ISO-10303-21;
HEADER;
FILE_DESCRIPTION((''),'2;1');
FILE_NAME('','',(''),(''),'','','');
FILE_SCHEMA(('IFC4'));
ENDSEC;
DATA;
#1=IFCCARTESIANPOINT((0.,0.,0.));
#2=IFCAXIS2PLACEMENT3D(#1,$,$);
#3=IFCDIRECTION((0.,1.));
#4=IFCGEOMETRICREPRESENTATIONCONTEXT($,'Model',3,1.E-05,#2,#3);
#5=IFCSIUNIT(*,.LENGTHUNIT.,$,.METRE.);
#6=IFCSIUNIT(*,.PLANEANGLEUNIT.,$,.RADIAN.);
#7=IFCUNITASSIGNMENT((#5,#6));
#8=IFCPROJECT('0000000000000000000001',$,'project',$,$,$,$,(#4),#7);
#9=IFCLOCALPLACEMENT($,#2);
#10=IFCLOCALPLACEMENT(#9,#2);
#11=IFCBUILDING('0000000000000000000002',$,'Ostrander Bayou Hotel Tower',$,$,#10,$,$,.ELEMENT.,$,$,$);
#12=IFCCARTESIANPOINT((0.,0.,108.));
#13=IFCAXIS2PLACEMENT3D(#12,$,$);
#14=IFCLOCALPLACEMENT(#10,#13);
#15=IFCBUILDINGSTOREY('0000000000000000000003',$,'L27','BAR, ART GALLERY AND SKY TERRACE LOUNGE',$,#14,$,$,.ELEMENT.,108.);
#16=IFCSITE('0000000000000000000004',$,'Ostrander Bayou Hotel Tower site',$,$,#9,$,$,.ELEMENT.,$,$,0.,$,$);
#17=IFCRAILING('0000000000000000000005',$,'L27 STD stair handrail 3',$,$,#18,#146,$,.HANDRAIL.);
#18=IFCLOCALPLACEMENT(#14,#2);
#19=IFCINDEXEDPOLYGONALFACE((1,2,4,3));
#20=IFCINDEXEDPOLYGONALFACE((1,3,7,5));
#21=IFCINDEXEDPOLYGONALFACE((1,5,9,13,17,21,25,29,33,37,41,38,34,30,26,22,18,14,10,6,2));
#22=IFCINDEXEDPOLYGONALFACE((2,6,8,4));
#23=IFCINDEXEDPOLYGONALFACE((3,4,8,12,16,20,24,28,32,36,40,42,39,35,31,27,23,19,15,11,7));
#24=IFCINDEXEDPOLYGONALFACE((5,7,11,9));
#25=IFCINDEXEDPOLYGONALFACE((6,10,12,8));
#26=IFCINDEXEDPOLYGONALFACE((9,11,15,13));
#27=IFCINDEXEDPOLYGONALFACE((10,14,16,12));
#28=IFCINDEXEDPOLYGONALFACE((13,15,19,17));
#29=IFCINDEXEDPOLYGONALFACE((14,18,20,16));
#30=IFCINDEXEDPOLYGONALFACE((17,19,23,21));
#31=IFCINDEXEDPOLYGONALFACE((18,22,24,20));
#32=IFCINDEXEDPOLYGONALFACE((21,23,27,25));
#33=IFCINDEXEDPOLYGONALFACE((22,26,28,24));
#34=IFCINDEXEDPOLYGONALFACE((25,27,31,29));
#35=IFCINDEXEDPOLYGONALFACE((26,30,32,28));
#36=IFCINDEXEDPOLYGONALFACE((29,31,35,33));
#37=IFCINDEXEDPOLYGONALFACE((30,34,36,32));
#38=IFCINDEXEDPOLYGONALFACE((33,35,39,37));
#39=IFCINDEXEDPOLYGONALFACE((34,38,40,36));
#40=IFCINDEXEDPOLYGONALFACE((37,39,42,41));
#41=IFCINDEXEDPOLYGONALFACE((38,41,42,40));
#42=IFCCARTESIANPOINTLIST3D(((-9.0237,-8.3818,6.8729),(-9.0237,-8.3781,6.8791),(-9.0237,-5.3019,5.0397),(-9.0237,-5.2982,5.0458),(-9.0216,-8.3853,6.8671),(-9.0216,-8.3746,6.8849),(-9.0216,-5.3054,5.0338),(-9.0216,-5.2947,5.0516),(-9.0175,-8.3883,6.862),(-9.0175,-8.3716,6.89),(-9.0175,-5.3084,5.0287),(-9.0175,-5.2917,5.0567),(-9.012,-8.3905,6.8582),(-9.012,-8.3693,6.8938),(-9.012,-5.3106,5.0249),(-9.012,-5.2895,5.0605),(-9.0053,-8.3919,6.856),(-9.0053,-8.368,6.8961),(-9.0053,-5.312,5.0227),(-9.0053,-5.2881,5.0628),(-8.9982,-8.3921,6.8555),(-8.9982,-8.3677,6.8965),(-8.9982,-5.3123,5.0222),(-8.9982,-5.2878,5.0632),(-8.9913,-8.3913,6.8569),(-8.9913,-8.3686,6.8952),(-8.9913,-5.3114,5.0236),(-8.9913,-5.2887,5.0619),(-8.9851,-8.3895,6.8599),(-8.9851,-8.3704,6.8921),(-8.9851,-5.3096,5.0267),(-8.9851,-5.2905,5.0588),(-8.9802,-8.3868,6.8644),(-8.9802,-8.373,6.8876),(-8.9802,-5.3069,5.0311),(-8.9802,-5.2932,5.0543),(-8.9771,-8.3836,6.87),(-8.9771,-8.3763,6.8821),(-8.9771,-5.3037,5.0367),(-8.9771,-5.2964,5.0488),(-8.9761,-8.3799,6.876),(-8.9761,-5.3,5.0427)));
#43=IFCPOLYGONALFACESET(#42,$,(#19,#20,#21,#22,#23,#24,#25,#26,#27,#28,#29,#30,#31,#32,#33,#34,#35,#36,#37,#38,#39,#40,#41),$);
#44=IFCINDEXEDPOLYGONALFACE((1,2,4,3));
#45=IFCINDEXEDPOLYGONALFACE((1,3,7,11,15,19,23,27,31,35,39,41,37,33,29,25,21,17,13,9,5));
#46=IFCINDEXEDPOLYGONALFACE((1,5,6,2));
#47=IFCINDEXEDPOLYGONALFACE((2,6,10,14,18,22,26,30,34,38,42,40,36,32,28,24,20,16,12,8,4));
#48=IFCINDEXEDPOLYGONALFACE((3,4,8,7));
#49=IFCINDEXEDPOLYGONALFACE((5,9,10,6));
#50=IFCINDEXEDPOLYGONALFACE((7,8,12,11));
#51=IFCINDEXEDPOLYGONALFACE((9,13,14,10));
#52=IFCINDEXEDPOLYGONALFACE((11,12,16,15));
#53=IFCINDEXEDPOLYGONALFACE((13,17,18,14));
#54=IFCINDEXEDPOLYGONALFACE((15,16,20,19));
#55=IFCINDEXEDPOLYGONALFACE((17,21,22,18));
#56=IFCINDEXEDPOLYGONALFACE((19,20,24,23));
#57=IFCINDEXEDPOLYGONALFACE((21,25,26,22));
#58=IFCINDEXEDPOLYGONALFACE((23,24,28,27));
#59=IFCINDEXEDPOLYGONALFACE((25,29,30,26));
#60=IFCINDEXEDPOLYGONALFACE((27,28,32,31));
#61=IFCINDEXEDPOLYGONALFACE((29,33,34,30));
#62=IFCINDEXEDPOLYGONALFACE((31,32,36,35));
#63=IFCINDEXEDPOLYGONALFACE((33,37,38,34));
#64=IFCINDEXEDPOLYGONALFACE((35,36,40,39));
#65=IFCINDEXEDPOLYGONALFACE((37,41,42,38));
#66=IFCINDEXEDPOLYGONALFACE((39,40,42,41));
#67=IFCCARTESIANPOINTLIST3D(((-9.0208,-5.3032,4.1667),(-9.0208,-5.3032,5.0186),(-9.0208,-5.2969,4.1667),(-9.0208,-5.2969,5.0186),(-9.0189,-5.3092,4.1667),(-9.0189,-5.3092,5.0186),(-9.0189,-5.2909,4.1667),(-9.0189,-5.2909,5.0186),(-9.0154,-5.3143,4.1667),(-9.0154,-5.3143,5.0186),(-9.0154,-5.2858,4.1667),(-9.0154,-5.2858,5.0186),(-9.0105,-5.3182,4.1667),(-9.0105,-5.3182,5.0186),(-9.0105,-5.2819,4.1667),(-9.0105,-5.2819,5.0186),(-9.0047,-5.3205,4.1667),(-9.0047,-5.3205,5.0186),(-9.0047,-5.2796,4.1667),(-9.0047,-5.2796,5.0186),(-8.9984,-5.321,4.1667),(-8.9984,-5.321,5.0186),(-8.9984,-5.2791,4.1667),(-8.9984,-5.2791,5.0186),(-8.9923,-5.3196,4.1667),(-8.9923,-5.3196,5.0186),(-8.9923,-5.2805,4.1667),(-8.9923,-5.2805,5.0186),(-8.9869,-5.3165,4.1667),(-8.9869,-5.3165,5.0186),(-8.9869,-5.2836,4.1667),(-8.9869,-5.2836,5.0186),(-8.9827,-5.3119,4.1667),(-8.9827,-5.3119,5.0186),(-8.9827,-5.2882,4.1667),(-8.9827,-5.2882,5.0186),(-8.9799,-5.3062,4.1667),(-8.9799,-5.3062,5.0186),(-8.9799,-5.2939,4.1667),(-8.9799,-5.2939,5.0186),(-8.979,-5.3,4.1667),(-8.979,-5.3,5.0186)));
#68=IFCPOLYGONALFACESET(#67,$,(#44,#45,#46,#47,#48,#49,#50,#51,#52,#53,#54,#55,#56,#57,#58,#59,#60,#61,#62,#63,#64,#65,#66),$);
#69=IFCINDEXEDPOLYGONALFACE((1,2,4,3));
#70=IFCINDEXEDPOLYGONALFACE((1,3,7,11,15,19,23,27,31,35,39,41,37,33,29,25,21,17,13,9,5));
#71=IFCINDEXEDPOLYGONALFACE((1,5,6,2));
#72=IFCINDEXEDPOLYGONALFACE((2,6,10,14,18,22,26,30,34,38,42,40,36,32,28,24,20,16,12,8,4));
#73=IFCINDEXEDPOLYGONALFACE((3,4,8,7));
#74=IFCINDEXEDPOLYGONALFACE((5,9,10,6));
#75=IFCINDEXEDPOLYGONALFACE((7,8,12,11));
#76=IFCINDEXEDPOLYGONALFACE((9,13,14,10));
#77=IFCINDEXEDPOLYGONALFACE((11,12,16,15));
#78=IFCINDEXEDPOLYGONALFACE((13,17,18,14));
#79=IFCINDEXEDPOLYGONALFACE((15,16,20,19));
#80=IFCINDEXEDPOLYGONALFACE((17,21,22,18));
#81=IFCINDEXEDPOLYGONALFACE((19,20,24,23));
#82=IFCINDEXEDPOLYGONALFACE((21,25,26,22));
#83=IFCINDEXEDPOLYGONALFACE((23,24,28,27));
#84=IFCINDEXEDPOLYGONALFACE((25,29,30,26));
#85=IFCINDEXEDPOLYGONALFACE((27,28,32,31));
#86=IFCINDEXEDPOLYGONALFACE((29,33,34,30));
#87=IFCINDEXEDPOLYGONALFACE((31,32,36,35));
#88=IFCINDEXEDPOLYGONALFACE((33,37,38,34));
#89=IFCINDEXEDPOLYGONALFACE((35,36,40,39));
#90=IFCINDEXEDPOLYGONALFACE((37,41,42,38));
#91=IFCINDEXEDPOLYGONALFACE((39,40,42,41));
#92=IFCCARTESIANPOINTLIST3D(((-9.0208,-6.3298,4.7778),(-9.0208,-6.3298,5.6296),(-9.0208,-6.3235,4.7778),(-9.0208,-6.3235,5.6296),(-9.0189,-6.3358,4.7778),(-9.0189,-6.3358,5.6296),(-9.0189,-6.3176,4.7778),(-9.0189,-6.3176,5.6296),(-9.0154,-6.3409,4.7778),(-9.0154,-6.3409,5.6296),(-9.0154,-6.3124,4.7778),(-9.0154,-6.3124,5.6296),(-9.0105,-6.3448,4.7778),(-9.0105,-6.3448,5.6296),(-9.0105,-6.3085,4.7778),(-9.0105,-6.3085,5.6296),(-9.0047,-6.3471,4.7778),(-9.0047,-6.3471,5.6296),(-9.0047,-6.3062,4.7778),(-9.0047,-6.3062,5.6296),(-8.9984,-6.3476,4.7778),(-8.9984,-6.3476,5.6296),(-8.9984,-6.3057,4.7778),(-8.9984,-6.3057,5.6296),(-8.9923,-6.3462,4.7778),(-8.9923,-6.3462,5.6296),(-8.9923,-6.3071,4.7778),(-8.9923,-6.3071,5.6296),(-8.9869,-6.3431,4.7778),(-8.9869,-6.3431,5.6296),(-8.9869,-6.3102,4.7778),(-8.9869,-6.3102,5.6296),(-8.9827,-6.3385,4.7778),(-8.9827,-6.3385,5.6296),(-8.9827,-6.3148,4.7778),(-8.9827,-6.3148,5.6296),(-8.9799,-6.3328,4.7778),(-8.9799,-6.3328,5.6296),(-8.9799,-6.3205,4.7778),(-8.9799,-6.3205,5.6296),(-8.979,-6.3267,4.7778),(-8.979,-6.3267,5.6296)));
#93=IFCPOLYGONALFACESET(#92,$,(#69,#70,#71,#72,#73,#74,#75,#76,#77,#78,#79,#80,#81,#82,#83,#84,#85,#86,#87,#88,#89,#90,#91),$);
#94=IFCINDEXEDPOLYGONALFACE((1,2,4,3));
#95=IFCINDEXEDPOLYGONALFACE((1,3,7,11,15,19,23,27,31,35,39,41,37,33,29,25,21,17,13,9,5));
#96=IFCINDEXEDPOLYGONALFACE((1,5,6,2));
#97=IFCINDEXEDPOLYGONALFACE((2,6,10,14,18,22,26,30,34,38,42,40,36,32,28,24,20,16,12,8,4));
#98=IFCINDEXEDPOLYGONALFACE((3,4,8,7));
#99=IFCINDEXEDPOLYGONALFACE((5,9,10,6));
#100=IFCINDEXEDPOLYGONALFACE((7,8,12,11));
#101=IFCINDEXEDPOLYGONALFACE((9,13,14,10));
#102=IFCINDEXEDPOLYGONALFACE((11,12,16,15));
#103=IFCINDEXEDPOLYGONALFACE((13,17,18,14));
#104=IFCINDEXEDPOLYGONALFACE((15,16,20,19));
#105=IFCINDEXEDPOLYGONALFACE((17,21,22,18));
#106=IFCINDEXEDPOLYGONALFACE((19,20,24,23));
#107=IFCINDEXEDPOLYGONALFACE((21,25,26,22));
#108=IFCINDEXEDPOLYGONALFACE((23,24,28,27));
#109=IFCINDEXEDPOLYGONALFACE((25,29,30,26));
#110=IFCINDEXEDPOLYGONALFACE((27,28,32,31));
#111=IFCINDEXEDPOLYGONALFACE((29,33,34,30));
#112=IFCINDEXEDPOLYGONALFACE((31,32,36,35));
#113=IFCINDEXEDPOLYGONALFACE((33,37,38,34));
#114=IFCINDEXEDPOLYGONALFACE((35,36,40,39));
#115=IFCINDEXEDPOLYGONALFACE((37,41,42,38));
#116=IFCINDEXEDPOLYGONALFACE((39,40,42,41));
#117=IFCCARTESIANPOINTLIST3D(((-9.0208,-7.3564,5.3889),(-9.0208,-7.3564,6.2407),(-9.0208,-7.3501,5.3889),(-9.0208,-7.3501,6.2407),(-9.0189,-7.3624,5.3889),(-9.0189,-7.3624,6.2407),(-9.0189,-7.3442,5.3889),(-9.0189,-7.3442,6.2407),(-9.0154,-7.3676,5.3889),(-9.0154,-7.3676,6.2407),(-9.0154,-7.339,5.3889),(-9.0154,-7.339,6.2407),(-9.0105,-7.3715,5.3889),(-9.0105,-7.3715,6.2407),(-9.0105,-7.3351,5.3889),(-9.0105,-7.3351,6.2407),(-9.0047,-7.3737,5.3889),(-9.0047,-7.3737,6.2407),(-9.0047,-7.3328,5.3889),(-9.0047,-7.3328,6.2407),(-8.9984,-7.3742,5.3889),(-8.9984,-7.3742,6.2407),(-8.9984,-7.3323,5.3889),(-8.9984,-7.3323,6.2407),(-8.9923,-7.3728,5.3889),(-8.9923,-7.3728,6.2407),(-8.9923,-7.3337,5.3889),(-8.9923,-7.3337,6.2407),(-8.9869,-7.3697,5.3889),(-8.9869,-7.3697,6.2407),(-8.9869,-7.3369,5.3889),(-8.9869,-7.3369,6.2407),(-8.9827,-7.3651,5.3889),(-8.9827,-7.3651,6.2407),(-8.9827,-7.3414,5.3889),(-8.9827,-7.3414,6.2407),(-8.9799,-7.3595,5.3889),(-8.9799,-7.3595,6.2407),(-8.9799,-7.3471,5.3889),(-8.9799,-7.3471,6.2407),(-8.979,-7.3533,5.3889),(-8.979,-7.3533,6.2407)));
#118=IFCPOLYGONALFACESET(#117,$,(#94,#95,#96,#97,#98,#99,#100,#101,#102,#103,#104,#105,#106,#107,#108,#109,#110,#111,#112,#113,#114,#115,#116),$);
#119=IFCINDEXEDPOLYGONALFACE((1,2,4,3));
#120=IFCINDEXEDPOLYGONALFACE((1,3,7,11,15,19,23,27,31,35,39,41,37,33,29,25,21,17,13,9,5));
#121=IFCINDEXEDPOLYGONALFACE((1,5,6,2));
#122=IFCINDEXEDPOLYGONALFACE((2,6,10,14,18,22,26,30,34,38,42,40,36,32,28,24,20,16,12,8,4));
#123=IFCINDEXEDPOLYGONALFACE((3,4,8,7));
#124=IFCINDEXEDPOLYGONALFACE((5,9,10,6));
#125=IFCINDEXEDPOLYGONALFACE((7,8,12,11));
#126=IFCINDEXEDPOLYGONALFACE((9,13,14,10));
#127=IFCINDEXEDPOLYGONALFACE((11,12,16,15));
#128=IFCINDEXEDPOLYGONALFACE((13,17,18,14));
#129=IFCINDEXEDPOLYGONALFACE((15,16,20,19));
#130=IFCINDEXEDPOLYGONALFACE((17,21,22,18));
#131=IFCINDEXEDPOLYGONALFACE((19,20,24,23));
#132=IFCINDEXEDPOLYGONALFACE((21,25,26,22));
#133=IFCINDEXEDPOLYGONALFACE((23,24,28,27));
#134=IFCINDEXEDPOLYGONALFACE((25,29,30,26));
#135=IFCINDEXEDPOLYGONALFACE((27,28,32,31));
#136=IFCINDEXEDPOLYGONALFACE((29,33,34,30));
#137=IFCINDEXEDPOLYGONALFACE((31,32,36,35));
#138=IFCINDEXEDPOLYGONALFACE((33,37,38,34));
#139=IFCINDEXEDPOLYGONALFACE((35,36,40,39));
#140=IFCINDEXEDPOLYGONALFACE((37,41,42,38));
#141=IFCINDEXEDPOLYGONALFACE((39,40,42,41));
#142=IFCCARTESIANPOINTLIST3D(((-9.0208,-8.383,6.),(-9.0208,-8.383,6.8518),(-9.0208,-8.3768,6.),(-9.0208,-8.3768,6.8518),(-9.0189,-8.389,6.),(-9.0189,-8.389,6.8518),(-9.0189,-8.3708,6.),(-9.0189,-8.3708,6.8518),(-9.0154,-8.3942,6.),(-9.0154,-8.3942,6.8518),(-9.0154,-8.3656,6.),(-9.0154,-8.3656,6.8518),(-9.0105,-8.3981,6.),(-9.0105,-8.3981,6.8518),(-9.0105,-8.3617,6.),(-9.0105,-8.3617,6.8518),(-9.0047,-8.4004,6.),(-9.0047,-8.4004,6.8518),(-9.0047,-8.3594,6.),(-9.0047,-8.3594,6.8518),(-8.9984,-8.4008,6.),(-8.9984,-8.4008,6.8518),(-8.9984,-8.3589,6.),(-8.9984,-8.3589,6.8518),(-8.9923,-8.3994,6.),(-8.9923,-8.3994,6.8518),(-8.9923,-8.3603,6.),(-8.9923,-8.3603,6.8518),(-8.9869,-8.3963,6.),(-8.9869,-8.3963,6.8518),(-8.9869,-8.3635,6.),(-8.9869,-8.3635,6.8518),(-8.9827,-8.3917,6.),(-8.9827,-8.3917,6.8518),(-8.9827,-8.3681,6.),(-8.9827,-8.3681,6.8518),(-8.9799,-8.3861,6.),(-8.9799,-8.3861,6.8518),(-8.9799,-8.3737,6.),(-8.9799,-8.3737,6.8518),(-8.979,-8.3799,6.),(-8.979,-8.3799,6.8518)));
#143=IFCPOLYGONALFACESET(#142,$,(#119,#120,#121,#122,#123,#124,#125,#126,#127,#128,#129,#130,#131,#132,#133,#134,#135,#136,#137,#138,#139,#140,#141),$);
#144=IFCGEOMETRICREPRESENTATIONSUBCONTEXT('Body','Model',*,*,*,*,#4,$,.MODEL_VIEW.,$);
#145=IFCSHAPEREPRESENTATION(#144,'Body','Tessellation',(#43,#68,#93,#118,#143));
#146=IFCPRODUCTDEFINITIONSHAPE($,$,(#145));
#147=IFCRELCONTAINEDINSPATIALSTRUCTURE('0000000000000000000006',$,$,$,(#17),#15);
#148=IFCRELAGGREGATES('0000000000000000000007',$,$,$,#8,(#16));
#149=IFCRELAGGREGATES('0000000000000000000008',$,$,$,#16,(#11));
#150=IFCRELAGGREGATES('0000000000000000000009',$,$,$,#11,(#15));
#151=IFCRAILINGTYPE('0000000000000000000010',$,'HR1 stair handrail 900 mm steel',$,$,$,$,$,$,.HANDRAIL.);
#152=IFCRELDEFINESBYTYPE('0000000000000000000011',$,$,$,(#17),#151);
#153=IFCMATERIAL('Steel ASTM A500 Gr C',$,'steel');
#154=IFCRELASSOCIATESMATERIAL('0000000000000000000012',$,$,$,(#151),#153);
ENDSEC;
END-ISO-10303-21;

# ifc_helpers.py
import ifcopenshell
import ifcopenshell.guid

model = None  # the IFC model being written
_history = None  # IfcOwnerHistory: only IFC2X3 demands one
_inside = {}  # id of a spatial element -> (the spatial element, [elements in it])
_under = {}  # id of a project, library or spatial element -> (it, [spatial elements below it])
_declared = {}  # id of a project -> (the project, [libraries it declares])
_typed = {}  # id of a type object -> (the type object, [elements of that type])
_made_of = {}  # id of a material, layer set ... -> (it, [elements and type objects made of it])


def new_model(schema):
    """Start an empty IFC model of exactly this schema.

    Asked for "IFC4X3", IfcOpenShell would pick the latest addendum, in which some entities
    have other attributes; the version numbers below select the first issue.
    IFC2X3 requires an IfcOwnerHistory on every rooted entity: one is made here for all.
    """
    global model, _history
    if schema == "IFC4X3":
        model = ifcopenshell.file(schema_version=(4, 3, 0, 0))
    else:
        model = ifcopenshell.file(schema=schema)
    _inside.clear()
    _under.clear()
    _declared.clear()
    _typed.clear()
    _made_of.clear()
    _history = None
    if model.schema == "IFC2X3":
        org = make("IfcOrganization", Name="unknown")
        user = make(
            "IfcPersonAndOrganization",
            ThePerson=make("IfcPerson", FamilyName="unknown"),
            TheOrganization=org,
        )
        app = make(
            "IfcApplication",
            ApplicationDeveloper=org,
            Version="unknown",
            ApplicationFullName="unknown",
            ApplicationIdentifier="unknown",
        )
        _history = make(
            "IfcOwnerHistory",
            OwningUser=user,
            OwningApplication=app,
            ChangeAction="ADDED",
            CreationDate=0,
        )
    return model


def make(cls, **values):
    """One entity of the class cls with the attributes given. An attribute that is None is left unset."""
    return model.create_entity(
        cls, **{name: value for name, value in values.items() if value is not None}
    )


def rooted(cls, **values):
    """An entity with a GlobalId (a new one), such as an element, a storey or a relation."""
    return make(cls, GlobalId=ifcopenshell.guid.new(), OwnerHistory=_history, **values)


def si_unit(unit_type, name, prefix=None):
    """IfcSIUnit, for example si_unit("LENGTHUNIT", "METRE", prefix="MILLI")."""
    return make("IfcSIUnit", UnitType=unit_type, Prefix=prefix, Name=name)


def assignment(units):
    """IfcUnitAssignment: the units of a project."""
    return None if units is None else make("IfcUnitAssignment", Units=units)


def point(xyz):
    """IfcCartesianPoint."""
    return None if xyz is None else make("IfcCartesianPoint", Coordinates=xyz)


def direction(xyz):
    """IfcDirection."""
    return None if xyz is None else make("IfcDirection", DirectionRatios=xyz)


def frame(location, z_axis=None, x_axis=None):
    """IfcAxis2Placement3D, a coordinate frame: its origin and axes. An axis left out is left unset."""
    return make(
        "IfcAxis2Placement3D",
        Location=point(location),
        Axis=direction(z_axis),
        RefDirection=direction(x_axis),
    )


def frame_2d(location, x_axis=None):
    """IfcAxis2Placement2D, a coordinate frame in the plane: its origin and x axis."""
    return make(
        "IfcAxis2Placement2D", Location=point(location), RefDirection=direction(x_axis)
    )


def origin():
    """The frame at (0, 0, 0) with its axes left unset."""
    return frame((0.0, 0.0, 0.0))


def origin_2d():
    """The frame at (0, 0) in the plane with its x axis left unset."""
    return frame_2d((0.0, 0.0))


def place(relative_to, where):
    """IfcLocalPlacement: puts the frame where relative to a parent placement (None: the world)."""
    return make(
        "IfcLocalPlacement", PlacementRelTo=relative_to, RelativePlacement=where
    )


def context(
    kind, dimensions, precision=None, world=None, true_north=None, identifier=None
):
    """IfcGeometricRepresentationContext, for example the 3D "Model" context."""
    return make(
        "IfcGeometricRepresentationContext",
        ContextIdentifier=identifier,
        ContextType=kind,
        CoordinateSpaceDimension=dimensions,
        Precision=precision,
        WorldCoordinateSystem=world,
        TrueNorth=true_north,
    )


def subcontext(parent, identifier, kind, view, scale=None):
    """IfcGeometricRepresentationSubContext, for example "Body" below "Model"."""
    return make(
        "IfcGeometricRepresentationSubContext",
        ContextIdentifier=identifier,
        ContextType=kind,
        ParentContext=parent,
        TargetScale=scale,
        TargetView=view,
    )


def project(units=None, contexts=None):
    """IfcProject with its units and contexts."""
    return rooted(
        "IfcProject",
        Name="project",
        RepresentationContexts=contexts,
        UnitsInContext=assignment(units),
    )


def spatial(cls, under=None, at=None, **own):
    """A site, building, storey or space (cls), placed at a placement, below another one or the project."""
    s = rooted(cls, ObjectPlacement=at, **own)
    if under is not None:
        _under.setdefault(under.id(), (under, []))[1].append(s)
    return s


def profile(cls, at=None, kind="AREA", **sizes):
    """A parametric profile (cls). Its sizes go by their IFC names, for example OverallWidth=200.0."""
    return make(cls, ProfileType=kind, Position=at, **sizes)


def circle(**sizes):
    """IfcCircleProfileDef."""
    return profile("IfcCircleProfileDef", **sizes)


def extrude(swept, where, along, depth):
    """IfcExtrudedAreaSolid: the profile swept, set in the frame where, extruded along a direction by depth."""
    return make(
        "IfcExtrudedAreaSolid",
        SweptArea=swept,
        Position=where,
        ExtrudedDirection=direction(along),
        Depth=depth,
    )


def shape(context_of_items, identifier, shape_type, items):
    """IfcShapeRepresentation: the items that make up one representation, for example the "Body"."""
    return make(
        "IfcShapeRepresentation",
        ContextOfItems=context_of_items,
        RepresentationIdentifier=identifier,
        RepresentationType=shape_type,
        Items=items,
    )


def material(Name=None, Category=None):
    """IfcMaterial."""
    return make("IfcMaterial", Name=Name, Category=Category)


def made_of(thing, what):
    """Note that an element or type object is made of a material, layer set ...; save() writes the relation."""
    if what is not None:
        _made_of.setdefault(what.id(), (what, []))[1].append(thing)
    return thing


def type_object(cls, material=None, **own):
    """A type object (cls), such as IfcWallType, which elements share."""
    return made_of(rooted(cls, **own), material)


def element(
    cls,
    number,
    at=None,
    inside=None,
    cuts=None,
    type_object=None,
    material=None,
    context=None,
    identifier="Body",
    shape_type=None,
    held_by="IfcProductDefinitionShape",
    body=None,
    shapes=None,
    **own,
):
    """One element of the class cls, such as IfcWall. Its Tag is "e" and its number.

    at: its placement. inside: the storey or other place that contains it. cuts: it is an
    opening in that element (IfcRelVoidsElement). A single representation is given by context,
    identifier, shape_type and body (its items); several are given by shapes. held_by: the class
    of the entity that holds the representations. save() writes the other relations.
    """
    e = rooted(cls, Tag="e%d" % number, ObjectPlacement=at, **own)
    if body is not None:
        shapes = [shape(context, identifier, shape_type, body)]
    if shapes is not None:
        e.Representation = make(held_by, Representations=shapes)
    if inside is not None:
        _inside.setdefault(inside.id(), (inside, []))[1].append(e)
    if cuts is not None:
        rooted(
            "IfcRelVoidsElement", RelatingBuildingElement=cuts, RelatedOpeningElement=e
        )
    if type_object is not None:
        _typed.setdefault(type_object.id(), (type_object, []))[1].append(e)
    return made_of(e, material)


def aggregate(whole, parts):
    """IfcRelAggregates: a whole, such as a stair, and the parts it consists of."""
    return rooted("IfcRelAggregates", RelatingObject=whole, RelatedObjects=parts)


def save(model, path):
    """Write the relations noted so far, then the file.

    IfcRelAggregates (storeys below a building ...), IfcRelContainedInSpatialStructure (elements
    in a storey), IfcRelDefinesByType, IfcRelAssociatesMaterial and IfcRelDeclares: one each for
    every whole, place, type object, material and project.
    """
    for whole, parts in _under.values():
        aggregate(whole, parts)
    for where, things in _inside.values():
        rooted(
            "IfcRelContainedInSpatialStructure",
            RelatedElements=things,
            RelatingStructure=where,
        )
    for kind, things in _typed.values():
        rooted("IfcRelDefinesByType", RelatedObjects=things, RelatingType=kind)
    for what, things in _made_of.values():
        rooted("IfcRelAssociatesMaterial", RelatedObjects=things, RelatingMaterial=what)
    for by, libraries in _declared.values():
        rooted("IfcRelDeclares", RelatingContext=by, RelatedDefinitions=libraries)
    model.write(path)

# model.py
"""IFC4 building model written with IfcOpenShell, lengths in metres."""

from ifc_helpers import new_model, si_unit, direction, frame, origin, origin_2d, place, context, subcontext, project, spatial, circle, extrude, material, type_object, element, save


model = new_model("IFC4")

# Units and contexts
model_context = context("Model", 3, precision=1e-05, world=origin(), true_north=direction((0.0, 1.0)))
body_context = subcontext(model_context, "Body", "Model", "MODEL_VIEW")
ifc_project = project(units=[si_unit("LENGTHUNIT", "METRE"), si_unit("PLANEANGLEUNIT", "RADIAN")], contexts=[model_context])

# Site, building, storey
site_placement = place(None, origin())
site = spatial("IfcSite", under=ifc_project, at=site_placement, Name="Ostrander Bayou Hotel Tower site", CompositionType="ELEMENT", RefElevation=0.0)
building_placement = place(site_placement, origin())
building = spatial("IfcBuilding", under=site, at=building_placement, Name="Ostrander Bayou Hotel Tower", CompositionType="ELEMENT")
storey_placement = place(building_placement, frame((0.0, 0.0, 108.0)))
storey = spatial("IfcBuildingStorey", under=building, at=storey_placement, Name="L27", Description="BAR, ART GALLERY AND SKY TERRACE LOUNGE", CompositionType="ELEMENT", Elevation=108.0)

# Railing
ifc_material_1 = material(Name="Steel ASTM A500 Gr C", Category="steel")
railing_type_1 = type_object("IfcRailingType", Name="HR1 stair handrail 900 mm steel", PredefinedType="HANDRAIL", material=ifc_material_1)
railing_1_placement = place(storey_placement, frame((-9.0, -5.3, 4.1667)))
element("IfcRailing", 1, at=railing_1_placement, inside=storey, type_object=railing_type_1, Name="L27 STD stair handrail 3", PredefinedType="HANDRAIL", context=body_context, shape_type="SweptSolid", body=[
    extrude(circle(Radius=0.0239, at=origin_2d()), frame((0.0, 0.0, 0.876), z_axis=(0.0, -0.859291, 0.511487), x_axis=(1.0, 0.0, 0.0)), (0.0, 0.0, 1.0), 3.5842),
    extrude(circle(Radius=0.021, at=origin_2d()), origin(), (0.0, 0.0, 1.0), 0.8518),
    extrude(circle(Radius=0.021, at=origin_2d()), frame((0.0, -1.0266, 0.6111)), (0.0, 0.0, 1.0), 0.8518),
    extrude(circle(Radius=0.021, at=origin_2d()), frame((0.0, -2.0532, 1.2222)), (0.0, 0.0, 1.0), 0.8518),
    extrude(circle(Radius=0.021, at=origin_2d()), frame((0.0, -3.0798, 1.8333)), (0.0, 0.0, 1.0), 0.8518),
])

save(model, "model.ifc")
